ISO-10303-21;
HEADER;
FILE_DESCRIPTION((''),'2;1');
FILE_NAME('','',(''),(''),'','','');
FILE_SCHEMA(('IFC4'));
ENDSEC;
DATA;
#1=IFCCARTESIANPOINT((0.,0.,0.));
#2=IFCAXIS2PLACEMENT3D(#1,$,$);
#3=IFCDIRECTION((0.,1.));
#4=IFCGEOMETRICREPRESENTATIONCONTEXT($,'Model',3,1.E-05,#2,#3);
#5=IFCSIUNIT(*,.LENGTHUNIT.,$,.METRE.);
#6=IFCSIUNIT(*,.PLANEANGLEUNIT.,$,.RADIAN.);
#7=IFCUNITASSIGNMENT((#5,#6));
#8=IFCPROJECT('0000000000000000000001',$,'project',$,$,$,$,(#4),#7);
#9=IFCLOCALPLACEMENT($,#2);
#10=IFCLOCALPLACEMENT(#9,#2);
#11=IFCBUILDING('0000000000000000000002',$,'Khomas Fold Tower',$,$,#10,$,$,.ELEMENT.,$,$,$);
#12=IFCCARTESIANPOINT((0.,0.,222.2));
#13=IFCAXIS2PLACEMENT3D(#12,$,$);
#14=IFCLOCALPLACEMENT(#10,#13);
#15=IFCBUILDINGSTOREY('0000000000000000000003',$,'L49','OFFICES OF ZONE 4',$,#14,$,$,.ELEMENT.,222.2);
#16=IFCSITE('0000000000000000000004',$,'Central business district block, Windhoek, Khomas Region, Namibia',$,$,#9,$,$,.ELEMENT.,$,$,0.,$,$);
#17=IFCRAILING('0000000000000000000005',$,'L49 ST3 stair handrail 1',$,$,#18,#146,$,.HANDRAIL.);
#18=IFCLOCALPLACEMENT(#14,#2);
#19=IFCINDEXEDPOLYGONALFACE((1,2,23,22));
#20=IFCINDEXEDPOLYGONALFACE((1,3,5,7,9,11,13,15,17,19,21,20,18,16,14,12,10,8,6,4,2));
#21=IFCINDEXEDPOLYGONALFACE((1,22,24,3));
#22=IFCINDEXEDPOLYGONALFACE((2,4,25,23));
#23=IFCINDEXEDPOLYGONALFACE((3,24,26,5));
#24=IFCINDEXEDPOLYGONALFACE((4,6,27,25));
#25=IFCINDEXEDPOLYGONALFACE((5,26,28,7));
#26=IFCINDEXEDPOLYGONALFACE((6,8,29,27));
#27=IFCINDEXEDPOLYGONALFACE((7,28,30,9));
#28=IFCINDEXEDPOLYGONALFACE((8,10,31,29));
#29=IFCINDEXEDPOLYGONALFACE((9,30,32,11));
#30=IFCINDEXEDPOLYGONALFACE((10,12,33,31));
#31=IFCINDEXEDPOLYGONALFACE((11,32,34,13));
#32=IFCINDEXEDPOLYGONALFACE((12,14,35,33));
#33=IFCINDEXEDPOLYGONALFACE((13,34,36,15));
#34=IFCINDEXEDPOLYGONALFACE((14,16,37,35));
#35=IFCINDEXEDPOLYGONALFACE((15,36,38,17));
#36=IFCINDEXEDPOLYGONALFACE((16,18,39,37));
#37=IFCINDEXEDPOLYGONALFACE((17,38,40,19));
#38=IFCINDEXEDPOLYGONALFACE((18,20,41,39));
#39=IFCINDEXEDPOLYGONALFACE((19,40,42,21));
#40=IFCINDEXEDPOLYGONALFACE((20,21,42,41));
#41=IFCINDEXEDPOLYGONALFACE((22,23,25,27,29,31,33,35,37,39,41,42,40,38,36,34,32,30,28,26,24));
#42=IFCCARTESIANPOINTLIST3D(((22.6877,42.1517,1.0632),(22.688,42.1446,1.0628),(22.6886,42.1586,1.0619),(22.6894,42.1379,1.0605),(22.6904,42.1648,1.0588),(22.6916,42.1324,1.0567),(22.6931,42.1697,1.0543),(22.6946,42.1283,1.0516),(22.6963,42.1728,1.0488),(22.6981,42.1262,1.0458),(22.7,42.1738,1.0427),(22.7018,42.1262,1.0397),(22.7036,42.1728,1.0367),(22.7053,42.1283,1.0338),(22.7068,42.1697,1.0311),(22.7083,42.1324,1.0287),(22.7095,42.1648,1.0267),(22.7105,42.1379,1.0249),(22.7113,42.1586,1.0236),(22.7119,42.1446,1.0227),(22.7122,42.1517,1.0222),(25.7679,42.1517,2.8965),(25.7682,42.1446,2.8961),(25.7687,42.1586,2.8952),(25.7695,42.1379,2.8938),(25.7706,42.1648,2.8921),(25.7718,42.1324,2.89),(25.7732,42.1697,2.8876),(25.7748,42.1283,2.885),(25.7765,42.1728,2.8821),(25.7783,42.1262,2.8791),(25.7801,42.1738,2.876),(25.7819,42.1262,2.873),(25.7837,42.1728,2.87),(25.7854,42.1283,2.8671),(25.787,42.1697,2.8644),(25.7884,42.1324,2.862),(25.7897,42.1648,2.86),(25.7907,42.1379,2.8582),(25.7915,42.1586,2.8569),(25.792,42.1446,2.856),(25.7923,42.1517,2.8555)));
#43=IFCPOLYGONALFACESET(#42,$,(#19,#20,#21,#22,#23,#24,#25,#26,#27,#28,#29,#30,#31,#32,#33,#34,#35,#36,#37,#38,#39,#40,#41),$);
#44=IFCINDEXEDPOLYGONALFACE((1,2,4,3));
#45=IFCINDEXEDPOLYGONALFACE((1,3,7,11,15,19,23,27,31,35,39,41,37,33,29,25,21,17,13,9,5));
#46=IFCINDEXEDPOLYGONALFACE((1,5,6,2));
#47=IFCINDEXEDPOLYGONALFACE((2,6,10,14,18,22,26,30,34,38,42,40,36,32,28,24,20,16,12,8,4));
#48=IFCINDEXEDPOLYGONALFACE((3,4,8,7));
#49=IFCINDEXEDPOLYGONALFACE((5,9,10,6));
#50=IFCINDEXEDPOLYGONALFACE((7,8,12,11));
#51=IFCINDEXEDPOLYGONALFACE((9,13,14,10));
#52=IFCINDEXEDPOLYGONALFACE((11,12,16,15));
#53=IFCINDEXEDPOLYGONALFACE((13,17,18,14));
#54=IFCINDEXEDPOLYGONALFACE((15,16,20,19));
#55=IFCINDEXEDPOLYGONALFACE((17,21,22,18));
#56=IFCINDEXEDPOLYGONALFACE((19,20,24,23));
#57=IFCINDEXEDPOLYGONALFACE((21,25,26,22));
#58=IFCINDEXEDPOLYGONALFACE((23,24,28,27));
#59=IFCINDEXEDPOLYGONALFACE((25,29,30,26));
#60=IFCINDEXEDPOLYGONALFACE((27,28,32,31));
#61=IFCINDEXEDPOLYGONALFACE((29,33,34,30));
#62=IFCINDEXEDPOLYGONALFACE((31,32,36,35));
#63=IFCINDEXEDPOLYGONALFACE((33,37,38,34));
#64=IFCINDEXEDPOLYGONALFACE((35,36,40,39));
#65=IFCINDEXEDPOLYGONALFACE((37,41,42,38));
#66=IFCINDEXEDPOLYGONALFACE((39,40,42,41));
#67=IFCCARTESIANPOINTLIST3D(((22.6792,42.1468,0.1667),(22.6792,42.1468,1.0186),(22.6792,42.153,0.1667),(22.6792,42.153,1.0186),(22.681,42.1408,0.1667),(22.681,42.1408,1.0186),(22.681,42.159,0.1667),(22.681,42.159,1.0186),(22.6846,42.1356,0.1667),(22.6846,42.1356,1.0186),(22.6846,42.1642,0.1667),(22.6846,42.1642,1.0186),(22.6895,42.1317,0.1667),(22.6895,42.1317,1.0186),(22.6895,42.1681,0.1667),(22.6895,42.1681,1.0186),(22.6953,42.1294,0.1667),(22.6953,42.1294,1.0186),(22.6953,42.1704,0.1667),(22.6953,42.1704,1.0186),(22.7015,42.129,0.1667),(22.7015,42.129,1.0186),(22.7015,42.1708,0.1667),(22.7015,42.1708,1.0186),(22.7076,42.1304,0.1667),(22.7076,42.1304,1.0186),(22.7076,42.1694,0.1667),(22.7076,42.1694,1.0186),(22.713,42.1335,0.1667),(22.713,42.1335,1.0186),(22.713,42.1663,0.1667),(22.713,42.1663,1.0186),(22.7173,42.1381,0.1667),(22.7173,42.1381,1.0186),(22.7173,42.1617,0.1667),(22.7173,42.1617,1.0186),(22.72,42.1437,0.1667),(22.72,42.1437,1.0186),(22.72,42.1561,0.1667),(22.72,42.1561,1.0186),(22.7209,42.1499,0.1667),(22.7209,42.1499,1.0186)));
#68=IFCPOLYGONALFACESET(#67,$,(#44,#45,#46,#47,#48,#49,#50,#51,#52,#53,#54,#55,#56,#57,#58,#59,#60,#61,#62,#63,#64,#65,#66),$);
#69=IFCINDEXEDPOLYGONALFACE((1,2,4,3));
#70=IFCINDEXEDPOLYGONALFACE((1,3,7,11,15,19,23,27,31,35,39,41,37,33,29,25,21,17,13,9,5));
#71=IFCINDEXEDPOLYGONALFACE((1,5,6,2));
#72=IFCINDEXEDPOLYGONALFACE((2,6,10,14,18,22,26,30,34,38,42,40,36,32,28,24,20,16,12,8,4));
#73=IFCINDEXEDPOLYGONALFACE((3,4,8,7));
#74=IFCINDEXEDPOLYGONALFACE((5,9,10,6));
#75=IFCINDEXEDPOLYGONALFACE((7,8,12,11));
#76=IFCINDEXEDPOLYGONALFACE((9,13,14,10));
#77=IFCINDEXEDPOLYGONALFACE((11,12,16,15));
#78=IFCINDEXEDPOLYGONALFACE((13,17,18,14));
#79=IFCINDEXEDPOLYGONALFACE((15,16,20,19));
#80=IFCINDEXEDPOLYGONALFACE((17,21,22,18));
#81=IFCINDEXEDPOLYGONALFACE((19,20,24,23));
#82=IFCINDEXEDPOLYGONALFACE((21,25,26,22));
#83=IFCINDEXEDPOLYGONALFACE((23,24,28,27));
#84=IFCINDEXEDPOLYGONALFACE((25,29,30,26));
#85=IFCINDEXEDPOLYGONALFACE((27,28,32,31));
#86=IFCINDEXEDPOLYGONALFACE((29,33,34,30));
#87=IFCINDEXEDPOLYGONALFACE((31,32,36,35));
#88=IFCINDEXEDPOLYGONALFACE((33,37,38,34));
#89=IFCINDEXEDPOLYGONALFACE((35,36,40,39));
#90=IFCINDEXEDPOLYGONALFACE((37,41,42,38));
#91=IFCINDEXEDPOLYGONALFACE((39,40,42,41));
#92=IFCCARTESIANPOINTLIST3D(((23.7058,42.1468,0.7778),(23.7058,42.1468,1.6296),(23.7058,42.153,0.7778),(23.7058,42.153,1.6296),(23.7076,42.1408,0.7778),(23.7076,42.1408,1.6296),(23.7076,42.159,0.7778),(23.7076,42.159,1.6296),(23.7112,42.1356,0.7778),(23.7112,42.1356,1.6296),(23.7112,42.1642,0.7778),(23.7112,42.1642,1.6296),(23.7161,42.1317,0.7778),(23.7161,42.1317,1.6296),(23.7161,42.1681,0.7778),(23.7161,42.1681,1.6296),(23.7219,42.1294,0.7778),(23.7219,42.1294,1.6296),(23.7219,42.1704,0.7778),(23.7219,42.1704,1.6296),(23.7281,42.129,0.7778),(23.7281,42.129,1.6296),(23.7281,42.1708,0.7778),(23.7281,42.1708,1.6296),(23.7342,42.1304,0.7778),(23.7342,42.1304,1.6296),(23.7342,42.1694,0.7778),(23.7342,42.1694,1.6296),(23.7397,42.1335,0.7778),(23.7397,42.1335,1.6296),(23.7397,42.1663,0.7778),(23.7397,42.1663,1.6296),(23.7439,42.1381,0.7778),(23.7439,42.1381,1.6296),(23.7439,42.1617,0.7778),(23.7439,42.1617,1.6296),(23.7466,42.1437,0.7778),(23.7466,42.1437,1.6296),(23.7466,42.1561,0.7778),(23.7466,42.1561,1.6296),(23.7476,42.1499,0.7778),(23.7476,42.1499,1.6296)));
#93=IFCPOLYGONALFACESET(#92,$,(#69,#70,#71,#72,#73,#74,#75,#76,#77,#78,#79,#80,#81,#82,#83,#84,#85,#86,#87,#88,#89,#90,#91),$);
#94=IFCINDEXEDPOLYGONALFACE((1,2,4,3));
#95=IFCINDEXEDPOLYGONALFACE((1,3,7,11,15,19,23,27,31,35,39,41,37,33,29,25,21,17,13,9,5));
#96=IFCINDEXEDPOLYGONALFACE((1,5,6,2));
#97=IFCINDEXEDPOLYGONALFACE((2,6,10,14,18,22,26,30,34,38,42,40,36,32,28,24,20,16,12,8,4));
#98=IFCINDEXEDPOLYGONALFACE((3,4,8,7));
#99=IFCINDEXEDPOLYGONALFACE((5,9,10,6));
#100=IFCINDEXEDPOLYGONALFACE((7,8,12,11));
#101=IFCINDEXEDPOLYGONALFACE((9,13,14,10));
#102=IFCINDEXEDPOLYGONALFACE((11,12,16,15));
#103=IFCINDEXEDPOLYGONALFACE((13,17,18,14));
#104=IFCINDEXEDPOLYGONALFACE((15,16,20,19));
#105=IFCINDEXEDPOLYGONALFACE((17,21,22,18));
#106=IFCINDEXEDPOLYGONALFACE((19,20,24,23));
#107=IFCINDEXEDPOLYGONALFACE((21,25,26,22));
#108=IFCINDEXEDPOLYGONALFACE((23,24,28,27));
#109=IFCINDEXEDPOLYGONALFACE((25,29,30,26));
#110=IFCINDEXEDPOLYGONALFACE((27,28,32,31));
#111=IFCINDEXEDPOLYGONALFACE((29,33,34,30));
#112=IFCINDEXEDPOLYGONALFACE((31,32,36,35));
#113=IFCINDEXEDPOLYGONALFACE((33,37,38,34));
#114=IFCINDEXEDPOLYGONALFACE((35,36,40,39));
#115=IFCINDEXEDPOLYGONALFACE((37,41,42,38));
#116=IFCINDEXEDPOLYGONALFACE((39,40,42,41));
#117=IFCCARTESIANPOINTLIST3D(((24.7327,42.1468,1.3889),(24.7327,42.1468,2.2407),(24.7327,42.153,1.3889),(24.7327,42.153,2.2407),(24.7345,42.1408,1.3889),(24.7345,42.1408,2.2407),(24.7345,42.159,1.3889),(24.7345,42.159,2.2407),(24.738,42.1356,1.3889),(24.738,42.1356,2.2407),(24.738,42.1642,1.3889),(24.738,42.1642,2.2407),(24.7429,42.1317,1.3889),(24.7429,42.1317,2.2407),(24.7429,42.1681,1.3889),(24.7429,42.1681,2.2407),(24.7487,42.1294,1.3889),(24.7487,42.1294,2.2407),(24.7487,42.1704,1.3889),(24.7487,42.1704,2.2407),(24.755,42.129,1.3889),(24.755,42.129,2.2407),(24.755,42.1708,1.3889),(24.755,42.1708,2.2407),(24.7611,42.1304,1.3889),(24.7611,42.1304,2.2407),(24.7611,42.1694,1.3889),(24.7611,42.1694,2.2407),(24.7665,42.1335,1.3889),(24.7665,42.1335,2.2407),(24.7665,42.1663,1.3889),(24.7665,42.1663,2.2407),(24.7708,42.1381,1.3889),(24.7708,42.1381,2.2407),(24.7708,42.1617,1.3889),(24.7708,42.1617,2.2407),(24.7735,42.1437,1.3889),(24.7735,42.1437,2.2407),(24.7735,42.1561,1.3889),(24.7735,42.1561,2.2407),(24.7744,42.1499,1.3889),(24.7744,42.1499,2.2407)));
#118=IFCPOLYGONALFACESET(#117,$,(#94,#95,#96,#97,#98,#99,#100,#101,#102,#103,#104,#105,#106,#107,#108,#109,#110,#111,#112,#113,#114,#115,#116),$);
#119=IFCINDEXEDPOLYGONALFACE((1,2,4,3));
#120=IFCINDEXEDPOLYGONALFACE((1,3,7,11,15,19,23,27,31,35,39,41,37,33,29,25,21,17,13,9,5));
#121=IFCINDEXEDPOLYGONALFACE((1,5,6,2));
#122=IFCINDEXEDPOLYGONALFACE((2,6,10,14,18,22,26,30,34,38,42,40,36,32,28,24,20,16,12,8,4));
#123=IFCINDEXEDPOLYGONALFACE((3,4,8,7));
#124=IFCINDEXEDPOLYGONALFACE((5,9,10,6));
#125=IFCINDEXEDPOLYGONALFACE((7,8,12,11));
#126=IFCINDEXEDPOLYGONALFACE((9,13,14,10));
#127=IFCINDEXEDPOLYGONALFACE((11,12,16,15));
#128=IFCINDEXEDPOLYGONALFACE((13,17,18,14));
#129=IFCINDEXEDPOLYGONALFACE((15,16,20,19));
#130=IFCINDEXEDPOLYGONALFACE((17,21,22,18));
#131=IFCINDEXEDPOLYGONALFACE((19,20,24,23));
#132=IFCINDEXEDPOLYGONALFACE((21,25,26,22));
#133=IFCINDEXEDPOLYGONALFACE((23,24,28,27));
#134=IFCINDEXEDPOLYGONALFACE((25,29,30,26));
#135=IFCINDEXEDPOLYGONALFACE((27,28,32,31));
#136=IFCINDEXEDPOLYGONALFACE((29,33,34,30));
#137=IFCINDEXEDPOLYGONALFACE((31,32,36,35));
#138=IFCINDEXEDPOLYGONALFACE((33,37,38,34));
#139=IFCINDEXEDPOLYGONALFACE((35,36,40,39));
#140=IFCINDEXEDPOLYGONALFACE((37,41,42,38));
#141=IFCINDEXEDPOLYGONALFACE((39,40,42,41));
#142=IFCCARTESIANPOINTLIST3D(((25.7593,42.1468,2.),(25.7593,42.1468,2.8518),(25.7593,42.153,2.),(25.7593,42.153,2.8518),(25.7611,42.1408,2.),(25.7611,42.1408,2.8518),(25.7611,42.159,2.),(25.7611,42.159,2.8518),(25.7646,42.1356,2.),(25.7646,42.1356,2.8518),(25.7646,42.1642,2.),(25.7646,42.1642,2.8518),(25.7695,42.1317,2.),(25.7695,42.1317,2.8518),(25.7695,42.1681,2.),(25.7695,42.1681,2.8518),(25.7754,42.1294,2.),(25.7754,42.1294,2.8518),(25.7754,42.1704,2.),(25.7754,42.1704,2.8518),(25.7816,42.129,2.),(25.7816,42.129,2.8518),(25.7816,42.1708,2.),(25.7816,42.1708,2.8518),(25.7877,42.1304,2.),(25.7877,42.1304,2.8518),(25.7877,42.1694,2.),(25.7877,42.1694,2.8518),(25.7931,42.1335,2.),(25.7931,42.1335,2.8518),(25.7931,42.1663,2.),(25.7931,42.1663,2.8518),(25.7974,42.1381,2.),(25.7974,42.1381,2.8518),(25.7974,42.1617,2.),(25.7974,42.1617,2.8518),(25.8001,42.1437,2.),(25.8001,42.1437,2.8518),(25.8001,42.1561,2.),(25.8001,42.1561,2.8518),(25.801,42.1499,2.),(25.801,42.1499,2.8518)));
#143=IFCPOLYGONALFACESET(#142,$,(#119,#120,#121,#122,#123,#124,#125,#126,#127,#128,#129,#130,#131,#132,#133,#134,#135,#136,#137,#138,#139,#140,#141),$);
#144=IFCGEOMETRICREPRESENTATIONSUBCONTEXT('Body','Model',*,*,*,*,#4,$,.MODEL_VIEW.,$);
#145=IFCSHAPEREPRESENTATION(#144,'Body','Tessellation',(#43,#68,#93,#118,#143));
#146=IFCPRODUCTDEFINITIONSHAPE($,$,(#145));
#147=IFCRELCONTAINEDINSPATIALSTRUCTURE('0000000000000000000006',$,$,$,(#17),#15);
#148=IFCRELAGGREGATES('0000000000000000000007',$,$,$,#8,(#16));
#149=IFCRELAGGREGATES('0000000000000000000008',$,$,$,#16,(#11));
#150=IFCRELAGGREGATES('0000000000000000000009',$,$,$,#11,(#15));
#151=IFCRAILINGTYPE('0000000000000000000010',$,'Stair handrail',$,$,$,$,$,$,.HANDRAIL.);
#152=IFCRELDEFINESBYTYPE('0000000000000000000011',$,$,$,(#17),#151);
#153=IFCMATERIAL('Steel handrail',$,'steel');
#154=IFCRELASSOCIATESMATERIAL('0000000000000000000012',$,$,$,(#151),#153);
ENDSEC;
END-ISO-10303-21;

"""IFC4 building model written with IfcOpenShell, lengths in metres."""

from ifc_helpers import new_model, si_unit, direction, frame, origin, origin_2d, place, context, subcontext, project, spatial, circle, extrude, source, transform, mapped, material, type_object, element, save


model = new_model("IFC4")

# Units and contexts
model_context = context("Model", 3, precision=1e-05, world=origin(), true_north=direction((0.0, 1.0)))
body_context = subcontext(model_context, "Body", "Model", "MODEL_VIEW")
ifc_project = project(units=[si_unit("LENGTHUNIT", "METRE"), si_unit("PLANEANGLEUNIT", "RADIAN")], contexts=[model_context])

# Site, building, storey
site_placement = place(None, origin())
site = spatial("IfcSite", under=ifc_project, at=site_placement, Name="Central business district block, Windhoek, Khomas Region, Namibia", CompositionType="ELEMENT", RefElevation=0.0)
building_placement = place(site_placement, origin())
building = spatial("IfcBuilding", under=site, at=building_placement, Name="Khomas Fold Tower", CompositionType="ELEMENT")
storey_placement = place(building_placement, frame((0.0, 0.0, 222.2)))
storey = spatial("IfcBuildingStorey", under=building, at=storey_placement, Name="L49", Description="OFFICES OF ZONE 4", CompositionType="ELEMENT", Elevation=222.2)

# Railing
ifc_material_1 = material(Name="Steel handrail", Category="steel")
railing_type_1 = type_object("IfcRailingType", Name="Stair handrail", PredefinedType="HANDRAIL", material=ifc_material_1)
shared_shape_1 = source(origin(), body_context, "Body", "SweptSolid", [
    extrude(circle(Radius=0.0239, at=origin_2d()), frame((0.0, 0.0, 0.876), z_axis=(0.859309, 0.0, 0.511458), x_axis=(0.0, 1.0, 0.0)), (0.0, 0.0, 1.0), 3.5845),
    extrude(circle(Radius=0.021, at=origin_2d()), origin(), (0.0, 0.0, 1.0), 0.8518),
    extrude(circle(Radius=0.021, at=origin_2d()), frame((1.0266, 0.0, 0.6111)), (0.0, 0.0, 1.0), 0.8518),
    extrude(circle(Radius=0.021, at=origin_2d()), frame((2.0535, 0.0, 1.2222)), (0.0, 0.0, 1.0), 0.8518),
    extrude(circle(Radius=0.021, at=origin_2d()), frame((3.0801, 0.0, 1.8333)), (0.0, 0.0, 1.0), 0.8518),
])
railing_1_placement = place(storey_placement, frame((22.7, 42.1499, 0.1667)))
element("IfcRailing", 1, at=railing_1_placement, inside=storey, type_object=railing_type_1, Name="L49 ST3 stair handrail 1", PredefinedType="HANDRAIL", context=body_context, shape_type="MappedRepresentation", body=[
    mapped(shared_shape_1, transform((0.0, 0.0, 0.0))),
])

save(model, "model.ifc")
